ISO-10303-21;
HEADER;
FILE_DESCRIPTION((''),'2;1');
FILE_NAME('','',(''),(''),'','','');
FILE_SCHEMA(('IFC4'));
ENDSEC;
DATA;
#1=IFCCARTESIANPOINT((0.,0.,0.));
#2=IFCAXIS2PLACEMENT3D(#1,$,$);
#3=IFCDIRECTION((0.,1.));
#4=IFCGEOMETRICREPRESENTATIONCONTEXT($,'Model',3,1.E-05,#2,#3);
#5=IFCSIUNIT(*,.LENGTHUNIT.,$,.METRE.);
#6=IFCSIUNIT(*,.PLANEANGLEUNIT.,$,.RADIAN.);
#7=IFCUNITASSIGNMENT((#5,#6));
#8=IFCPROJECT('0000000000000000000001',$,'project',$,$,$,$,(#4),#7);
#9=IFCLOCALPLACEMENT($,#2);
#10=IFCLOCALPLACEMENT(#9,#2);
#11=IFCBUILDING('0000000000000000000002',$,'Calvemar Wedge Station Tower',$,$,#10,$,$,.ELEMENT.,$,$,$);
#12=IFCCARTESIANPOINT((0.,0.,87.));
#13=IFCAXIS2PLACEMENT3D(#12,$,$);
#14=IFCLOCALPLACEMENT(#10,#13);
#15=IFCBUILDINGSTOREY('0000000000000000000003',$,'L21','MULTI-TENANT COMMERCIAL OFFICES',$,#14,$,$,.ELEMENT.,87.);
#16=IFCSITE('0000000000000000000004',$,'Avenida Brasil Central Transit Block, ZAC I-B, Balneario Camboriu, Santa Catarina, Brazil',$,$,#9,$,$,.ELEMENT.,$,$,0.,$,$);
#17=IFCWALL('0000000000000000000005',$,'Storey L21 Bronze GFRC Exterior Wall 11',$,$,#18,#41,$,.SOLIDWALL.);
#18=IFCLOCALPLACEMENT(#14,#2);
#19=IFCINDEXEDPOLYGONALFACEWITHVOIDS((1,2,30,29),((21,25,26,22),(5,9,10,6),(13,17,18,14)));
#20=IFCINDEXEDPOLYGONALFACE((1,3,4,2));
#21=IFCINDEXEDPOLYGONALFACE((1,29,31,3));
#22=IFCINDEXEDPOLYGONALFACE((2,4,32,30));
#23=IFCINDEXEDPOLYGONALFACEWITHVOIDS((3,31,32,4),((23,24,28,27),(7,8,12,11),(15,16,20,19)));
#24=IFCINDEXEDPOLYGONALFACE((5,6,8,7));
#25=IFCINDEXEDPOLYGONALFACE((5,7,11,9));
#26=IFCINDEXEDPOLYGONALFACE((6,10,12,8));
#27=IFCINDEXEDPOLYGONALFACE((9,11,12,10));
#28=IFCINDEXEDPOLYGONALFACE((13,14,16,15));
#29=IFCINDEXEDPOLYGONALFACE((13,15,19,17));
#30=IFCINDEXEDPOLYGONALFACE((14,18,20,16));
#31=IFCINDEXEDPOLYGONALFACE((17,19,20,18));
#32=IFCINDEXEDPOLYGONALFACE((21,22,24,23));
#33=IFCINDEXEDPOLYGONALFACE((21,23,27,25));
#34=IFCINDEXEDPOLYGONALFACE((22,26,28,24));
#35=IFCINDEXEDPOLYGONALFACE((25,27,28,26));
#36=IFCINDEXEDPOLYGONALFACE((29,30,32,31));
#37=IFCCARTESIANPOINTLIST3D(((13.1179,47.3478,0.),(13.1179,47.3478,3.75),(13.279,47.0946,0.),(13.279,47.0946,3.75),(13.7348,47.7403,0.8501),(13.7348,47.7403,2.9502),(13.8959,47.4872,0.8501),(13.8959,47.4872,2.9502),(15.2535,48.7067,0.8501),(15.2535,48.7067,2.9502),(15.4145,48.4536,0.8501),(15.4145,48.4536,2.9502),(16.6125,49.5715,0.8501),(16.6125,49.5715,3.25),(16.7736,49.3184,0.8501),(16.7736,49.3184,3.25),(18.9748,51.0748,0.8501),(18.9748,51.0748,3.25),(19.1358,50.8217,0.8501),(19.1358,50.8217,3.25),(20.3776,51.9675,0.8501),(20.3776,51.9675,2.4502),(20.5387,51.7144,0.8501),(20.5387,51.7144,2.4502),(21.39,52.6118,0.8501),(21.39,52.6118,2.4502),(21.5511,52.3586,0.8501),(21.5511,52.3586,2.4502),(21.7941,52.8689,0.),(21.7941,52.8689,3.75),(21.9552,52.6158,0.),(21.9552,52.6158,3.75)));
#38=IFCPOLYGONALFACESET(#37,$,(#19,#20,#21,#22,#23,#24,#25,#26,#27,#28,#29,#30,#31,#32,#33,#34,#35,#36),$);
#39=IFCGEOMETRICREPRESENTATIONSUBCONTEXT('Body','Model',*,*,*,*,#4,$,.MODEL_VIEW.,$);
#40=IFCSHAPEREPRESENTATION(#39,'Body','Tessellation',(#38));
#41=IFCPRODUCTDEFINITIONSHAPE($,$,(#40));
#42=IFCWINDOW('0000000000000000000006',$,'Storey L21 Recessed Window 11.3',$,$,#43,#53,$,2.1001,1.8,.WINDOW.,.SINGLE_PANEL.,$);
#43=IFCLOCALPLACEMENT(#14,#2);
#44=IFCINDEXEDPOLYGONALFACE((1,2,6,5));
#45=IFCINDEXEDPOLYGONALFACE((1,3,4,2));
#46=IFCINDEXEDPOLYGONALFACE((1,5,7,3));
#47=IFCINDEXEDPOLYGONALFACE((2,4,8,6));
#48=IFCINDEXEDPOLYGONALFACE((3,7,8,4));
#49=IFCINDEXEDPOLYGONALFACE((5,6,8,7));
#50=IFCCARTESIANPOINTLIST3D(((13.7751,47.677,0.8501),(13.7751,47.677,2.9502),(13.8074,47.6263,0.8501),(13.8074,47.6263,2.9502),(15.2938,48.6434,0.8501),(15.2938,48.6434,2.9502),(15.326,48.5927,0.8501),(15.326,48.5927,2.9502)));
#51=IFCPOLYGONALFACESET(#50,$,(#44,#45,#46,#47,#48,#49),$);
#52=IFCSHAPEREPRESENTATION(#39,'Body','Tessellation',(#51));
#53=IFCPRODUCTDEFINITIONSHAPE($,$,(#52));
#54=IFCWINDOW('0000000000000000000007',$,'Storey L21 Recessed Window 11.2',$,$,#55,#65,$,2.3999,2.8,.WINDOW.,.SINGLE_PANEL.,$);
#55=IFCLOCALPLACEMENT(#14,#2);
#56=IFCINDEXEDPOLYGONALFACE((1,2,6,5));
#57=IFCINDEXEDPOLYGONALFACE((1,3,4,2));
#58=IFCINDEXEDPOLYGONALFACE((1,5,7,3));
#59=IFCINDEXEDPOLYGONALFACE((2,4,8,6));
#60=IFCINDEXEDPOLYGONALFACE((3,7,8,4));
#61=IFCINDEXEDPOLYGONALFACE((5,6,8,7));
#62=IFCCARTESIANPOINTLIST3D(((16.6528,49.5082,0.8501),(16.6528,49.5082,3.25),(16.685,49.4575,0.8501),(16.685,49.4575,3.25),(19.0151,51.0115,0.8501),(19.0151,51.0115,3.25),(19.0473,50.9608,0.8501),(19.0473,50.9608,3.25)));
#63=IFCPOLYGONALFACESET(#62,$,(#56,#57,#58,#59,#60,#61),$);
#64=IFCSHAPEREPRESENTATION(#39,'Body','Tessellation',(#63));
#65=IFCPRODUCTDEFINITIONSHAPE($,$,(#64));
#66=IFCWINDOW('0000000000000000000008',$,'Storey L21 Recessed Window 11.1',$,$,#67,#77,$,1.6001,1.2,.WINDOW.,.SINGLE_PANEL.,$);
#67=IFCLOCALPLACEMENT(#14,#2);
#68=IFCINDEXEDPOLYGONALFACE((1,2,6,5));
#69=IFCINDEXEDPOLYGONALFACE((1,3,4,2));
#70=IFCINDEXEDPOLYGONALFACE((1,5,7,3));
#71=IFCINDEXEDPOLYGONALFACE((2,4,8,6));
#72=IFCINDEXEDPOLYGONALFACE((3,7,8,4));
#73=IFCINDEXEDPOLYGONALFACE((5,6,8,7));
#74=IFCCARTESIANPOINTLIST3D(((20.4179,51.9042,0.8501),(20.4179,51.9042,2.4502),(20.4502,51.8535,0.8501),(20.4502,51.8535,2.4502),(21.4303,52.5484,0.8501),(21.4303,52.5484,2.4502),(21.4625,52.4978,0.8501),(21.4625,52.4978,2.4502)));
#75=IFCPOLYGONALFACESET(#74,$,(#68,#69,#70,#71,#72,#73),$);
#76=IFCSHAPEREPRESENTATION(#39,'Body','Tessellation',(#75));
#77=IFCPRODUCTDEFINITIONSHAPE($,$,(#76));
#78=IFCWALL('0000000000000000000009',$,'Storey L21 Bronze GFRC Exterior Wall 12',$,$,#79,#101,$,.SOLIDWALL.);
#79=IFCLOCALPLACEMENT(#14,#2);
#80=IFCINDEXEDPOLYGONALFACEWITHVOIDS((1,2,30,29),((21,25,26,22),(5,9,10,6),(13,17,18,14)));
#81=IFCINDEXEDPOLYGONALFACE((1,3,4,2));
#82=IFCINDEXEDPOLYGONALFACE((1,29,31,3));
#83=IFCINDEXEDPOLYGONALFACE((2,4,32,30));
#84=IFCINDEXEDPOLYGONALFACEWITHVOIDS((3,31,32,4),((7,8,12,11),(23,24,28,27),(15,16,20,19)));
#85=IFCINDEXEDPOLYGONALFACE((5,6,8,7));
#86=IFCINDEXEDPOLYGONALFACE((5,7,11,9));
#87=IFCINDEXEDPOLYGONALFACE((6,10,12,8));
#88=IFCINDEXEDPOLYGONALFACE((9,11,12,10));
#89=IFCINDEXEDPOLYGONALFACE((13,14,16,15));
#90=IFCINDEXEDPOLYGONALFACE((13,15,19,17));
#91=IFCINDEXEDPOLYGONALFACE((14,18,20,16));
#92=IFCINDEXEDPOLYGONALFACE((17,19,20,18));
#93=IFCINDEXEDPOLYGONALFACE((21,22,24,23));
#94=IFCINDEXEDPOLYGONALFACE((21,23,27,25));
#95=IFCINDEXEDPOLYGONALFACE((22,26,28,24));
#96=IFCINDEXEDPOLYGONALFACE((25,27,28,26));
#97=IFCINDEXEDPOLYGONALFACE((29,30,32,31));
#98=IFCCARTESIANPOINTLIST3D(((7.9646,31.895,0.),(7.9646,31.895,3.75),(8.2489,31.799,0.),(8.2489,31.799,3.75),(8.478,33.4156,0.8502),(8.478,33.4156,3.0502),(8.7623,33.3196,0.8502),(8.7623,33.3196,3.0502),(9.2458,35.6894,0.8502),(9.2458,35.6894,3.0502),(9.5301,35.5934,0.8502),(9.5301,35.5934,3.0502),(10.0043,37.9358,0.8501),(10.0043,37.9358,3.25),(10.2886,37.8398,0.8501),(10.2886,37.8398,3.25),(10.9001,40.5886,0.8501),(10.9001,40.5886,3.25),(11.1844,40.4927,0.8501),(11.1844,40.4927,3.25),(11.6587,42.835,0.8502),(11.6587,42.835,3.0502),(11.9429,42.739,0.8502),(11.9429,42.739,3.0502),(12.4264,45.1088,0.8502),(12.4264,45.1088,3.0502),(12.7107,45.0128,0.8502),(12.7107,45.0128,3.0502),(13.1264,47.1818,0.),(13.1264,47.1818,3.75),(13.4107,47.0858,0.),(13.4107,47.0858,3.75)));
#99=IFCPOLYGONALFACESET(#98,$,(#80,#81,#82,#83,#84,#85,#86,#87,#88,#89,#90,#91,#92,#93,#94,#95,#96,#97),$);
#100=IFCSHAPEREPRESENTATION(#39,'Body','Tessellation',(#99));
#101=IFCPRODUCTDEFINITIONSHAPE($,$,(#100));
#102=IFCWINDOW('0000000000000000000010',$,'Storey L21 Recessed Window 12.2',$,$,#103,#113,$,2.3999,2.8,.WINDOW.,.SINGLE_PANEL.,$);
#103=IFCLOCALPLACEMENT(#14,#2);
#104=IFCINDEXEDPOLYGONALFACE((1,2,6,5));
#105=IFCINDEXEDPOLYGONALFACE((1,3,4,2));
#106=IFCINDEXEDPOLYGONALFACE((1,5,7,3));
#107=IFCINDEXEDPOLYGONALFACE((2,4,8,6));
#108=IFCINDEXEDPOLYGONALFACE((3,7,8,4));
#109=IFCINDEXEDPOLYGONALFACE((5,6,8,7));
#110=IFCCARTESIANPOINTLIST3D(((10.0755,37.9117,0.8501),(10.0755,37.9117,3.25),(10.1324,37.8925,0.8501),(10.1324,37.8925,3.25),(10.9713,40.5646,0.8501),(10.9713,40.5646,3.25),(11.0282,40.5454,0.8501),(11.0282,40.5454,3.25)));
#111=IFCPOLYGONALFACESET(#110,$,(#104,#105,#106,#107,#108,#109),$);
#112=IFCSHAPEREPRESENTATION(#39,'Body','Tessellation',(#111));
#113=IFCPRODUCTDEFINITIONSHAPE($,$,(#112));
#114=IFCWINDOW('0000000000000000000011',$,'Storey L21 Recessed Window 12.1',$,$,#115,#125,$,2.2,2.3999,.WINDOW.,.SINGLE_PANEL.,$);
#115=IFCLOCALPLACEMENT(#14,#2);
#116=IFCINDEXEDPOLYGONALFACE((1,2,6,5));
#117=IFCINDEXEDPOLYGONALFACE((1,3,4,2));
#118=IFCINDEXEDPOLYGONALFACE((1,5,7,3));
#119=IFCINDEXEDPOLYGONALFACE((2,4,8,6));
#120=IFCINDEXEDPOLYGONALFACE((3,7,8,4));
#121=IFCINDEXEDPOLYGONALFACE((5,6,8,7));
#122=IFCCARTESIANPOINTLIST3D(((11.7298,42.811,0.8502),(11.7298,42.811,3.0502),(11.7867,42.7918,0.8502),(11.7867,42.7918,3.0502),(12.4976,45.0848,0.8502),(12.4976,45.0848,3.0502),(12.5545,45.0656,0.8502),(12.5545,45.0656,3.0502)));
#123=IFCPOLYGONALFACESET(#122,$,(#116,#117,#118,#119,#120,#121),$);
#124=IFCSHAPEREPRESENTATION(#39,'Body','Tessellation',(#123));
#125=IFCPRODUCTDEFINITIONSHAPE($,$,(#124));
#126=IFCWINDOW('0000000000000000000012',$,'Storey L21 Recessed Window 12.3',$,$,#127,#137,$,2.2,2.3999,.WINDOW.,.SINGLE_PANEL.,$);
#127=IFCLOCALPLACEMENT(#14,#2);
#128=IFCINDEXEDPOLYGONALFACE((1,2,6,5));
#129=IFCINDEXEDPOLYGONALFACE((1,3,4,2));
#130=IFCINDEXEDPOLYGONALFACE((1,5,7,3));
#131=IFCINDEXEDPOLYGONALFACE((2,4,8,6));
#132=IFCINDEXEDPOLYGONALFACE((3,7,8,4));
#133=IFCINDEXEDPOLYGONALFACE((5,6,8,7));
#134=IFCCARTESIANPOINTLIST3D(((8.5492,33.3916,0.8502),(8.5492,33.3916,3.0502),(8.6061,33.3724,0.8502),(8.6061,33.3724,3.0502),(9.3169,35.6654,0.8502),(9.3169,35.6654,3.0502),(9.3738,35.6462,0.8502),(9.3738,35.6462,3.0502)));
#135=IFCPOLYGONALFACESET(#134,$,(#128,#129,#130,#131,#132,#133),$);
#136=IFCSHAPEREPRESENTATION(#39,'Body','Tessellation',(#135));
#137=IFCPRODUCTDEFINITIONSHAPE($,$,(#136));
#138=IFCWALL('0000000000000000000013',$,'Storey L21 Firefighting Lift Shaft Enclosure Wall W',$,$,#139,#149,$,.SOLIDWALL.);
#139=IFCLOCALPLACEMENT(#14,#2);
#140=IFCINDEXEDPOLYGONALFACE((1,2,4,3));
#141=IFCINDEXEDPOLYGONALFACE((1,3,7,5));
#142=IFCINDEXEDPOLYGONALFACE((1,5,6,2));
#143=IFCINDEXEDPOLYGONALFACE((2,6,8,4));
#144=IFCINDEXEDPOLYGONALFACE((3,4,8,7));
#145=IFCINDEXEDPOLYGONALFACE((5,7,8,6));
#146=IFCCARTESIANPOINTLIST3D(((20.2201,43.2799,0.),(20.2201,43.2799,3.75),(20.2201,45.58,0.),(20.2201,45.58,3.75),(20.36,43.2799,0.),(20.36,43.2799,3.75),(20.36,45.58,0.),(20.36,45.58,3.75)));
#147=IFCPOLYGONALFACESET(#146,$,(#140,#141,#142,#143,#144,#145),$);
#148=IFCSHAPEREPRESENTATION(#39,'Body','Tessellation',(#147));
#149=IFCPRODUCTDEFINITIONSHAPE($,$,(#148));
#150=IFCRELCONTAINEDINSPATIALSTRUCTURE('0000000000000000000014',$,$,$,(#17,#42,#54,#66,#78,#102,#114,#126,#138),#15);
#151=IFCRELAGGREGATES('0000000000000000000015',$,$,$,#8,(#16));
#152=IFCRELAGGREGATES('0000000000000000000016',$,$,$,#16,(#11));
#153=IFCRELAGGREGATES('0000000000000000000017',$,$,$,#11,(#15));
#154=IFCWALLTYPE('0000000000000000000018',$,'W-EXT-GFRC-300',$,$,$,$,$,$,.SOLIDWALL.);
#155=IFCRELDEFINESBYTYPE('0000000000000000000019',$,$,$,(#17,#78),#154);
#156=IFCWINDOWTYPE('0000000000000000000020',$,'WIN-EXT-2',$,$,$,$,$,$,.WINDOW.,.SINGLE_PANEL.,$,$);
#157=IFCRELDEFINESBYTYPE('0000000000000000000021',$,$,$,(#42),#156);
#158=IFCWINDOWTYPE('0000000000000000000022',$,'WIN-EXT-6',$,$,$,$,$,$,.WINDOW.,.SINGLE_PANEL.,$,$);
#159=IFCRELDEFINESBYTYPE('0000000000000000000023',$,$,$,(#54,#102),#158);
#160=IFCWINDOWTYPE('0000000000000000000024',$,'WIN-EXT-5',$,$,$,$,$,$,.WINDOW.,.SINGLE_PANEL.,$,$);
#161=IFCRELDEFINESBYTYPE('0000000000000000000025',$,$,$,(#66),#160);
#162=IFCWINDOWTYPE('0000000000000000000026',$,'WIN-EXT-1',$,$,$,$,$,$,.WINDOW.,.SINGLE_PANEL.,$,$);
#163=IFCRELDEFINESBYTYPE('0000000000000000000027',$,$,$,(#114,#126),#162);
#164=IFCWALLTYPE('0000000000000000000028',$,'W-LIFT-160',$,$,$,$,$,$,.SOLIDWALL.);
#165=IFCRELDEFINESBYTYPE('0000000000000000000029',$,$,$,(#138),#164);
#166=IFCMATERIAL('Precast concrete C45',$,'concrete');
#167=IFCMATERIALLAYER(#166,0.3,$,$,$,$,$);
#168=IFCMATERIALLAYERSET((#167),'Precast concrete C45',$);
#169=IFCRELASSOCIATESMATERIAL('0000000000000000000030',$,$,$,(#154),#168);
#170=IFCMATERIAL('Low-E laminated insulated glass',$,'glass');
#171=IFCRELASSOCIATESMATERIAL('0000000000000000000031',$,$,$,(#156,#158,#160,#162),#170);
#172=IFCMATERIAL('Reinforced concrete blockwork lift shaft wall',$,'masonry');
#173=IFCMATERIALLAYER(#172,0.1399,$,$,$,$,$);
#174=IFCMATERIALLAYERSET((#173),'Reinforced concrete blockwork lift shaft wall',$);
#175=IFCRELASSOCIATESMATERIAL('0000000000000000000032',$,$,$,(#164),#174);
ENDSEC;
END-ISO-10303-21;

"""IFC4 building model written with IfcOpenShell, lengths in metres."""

from ifc_helpers import new_model, si_unit, direction, frame, frame_2d, origin, place, context, subcontext, project, spatial, rectangle, extrude, source, transform, mapped, material, layer, layer_set, type_object, element, fill, save


model = new_model("IFC4")

# Units and contexts
model_context = context("Model", 3, precision=1e-05, world=origin(), true_north=direction((0.0, 1.0)))
body_context = subcontext(model_context, "Body", "Model", "MODEL_VIEW")
ifc_project = project(units=[si_unit("LENGTHUNIT", "METRE"), si_unit("PLANEANGLEUNIT", "RADIAN")], contexts=[model_context])

# Site, building, storey
site_placement = place(None, origin())
site = spatial("IfcSite", under=ifc_project, at=site_placement, Name="Avenida Brasil Central Transit Block, ZAC I-B, Balneario Camboriu, Santa Catarina, Brazil", CompositionType="ELEMENT", RefElevation=0.0)
building_placement = place(site_placement, origin())
building = spatial("IfcBuilding", under=site, at=building_placement, Name="Calvemar Wedge Station Tower", CompositionType="ELEMENT")
storey_placement = place(building_placement, frame((0.0, 0.0, 87.0)))
storey = spatial("IfcBuildingStorey", under=building, at=storey_placement, Name="L21", Description="MULTI-TENANT COMMERCIAL OFFICES", CompositionType="ELEMENT", Elevation=87.0)

# Walls, openings, windows
ifc_material_1 = material(Name="Precast concrete C45", Category="concrete")
ifc_layer_1 = layer(ifc_material_1, 0.3)
ifc_layer_set_1 = layer_set([ifc_layer_1], Name="Precast concrete C45")
wall_type_1 = type_object("IfcWallType", Name="W-EXT-GFRC-300", PredefinedType="SOLIDWALL", material=ifc_layer_set_1)
wall_1_placement = place(storey_placement, frame((21.8748, 52.7424, 0.0), z_axis=(0.0, 0.0, 1.0), x_axis=(-0.843662, -0.536874, 0.0)))
wall_1 = element("IfcWall", 1, at=wall_1_placement, inside=storey, type_object=wall_type_1, Name="Storey L21 Bronze GFRC Exterior Wall 11", PredefinedType="SOLIDWALL", context=body_context, shape_type="SweptSolid", body=[
    extrude(rectangle(XDim=10.2839, YDim=0.3, at=frame_2d((5.1421, 0.0))), origin(), (0.0, 0.0, 1.0), 3.75),
])
shared_shape_1 = source(origin(), body_context, "Body", "SweptSolid", [
    extrude(rectangle(XDim=1.2, YDim=1.6001, at=frame_2d((0.6001, 0.8))), frame((0.0, 0.1602, 0.0), z_axis=(0.0, -1.0, 0.0), x_axis=(1.0, 0.0, 0.0)), (0.0, 0.0, 1.0), 0.3201),
])
opening_1_placement = place(wall_1_placement, frame((0.479, 0.0, 0.8501)))
opening_1 = element("IfcOpeningElement", 2, at=opening_1_placement, cuts=wall_1, PredefinedType="OPENING", context=body_context, shape_type="MappedRepresentation", body=[
    mapped(shared_shape_1, transform((0.0, 0.0, 0.0), scale=1.0)),
])
shared_shape_2 = source(origin(), body_context, "Body", "SweptSolid", [
    extrude(rectangle(XDim=2.8, YDim=2.3999, at=frame_2d((1.3999, 1.2))), frame((0.0, 0.1602, 0.0), z_axis=(0.0, -1.0, 0.0), x_axis=(1.0, 0.0, 0.0)), (0.0, 0.0, 1.0), 0.3201),
])
opening_2_placement = place(wall_1_placement, frame((3.342, 0.0, 0.8501)))
opening_2 = element("IfcOpeningElement", 3, at=opening_2_placement, cuts=wall_1, PredefinedType="OPENING", context=body_context, shape_type="MappedRepresentation", body=[
    mapped(shared_shape_2, transform((0.0, 0.0, 0.0), scale=1.0)),
])
shared_shape_3 = source(origin(), body_context, "Body", "SweptSolid", [
    extrude(rectangle(XDim=1.8, YDim=2.1001, at=frame_2d((0.8999, 1.05))), frame((0.0, 0.1602, 0.0), z_axis=(0.0, -1.0, 0.0), x_axis=(1.0, 0.0, 0.0)), (0.0, 0.0, 1.0), 0.3201),
])
opening_3_placement = place(wall_1_placement, frame((7.7529, 0.0, 0.8501)))
opening_3 = element("IfcOpeningElement", 4, at=opening_3_placement, cuts=wall_1, PredefinedType="OPENING", context=body_context, shape_type="MappedRepresentation", body=[
    mapped(shared_shape_3, transform((0.0, 0.0, 0.0), scale=1.0)),
])
ifc_material_2 = material(Name="Low-E laminated insulated glass", Category="glass")
window_type_1 = type_object("IfcWindowType", Name="WIN-EXT-2", PartitioningType="SINGLE_PANEL", PredefinedType="WINDOW", material=ifc_material_2)
shared_shape_4 = source(origin(), body_context, "Body", "SweptSolid", [
    extrude(rectangle(XDim=1.8, YDim=2.1001, at=frame_2d((0.8999, 1.05))), frame((0.0, -0.0149, 0.0), z_axis=(0.0, -1.0, 0.0), x_axis=(1.0, 0.0, 0.0)), (0.0, 0.0, 1.0), 0.0601),
])
window_1_placement = place(opening_3_placement, origin())
window_1 = element("IfcWindow", 5, at=window_1_placement, inside=storey, type_object=window_type_1, Name="Storey L21 Recessed Window 11.3", OverallHeight=2.1001, OverallWidth=1.8, PartitioningType="SINGLE_PANEL", PredefinedType="WINDOW", context=body_context, shape_type="MappedRepresentation", body=[
    mapped(shared_shape_4, transform((0.0, 0.0, 0.0), scale=1.0)),
])
fill(opening_3, window_1)
window_type_2 = type_object("IfcWindowType", Name="WIN-EXT-6", PartitioningType="SINGLE_PANEL", PredefinedType="WINDOW", material=ifc_material_2)
shared_shape_5 = source(origin(), body_context, "Body", "SweptSolid", [
    extrude(rectangle(XDim=2.8, YDim=2.3999, at=frame_2d((1.3999, 1.2))), frame((0.0, -0.0149, 0.0), z_axis=(0.0, -1.0, 0.0), x_axis=(1.0, 0.0, 0.0)), (0.0, 0.0, 1.0), 0.0601),
])
window_2_placement = place(opening_2_placement, origin())
window_2 = element("IfcWindow", 6, at=window_2_placement, inside=storey, type_object=window_type_2, Name="Storey L21 Recessed Window 11.2", OverallHeight=2.3999, OverallWidth=2.8, PartitioningType="SINGLE_PANEL", PredefinedType="WINDOW", context=body_context, shape_type="MappedRepresentation", body=[
    mapped(shared_shape_5, transform((0.0, 0.0, 0.0), scale=1.0)),
])
fill(opening_2, window_2)
window_type_3 = type_object("IfcWindowType", Name="WIN-EXT-5", PartitioningType="SINGLE_PANEL", PredefinedType="WINDOW", material=ifc_material_2)
shared_shape_6 = source(origin(), body_context, "Body", "SweptSolid", [
    extrude(rectangle(XDim=1.2, YDim=1.6001, at=frame_2d((0.6001, 0.8))), frame((0.0, -0.0149, 0.0), z_axis=(0.0, -1.0, 0.0), x_axis=(1.0, 0.0, 0.0)), (0.0, 0.0, 1.0), 0.0601),
])
window_3_placement = place(opening_1_placement, origin())
window_3 = element("IfcWindow", 7, at=window_3_placement, inside=storey, type_object=window_type_3, Name="Storey L21 Recessed Window 11.1", OverallHeight=1.6001, OverallWidth=1.2, PartitioningType="SINGLE_PANEL", PredefinedType="WINDOW", context=body_context, shape_type="MappedRepresentation", body=[
    mapped(shared_shape_6, transform((0.0, 0.0, 0.0), scale=1.0)),
])
fill(opening_1, window_3)
wall_2_placement = place(storey_placement, frame((13.2686, 47.1338, 0.0), z_axis=(0.0, 0.0, 1.0), x_axis=(-0.31992, -0.947444, 0.0)))
wall_2 = element("IfcWall", 8, at=wall_2_placement, inside=storey, type_object=wall_type_1, Name="Storey L21 Bronze GFRC Exterior Wall 12", PredefinedType="SOLIDWALL", context=body_context, shape_type="SweptSolid", body=[
    extrude(rectangle(XDim=16.1348, YDim=0.3, at=frame_2d((8.0674, 0.0))), origin(), (0.0, 0.0, 1.0), 3.75),
])
shared_shape_7 = source(origin(), body_context, "Body", "SweptSolid", [
    extrude(rectangle(XDim=2.3999, YDim=2.2, at=frame_2d((1.2, 1.1001))), frame((0.0, 0.1602, 0.0), z_axis=(0.0, -1.0, 0.0), x_axis=(1.0, 0.0, 0.0)), (0.0, 0.0, 1.0), 0.3201),
])
opening_4_placement = place(wall_2_placement, frame((2.188, 0.0, 0.8501)))
opening_4 = element("IfcOpeningElement", 9, at=opening_4_placement, cuts=wall_2, PredefinedType="OPENING", context=body_context, shape_type="MappedRepresentation", body=[
    mapped(shared_shape_7, transform((0.0, 0.0, 0.0), scale=1.0)),
])
opening_5_placement = place(wall_2_placement, frame((6.959, 0.0, 0.8501)))
opening_5 = element("IfcOpeningElement", 10, at=opening_5_placement, cuts=wall_2, PredefinedType="OPENING", context=body_context, shape_type="MappedRepresentation", body=[
    mapped(shared_shape_2, transform((0.0, 0.0, 0.0), scale=1.0)),
])
opening_6_placement = place(wall_2_placement, frame((12.1299, 0.0, 0.8501)))
opening_6 = element("IfcOpeningElement", 11, at=opening_6_placement, cuts=wall_2, PredefinedType="OPENING", context=body_context, shape_type="MappedRepresentation", body=[
    mapped(shared_shape_7, transform((0.0, 0.0, 0.0), scale=1.0)),
])
window_4_placement = place(opening_5_placement, origin())
window_4 = element("IfcWindow", 12, at=window_4_placement, inside=storey, type_object=window_type_2, Name="Storey L21 Recessed Window 12.2", OverallHeight=2.3999, OverallWidth=2.8, PartitioningType="SINGLE_PANEL", PredefinedType="WINDOW", context=body_context, shape_type="MappedRepresentation", body=[
    mapped(shared_shape_5, transform((0.0, 0.0, 0.0), scale=1.0)),
])
fill(opening_5, window_4)
window_type_4 = type_object("IfcWindowType", Name="WIN-EXT-1", PartitioningType="SINGLE_PANEL", PredefinedType="WINDOW", material=ifc_material_2)
shared_shape_8 = source(origin(), body_context, "Body", "SweptSolid", [
    extrude(rectangle(XDim=2.3999, YDim=2.2, at=frame_2d((1.2, 1.1001))), frame((0.0, -0.0149, 0.0), z_axis=(0.0, -1.0, 0.0), x_axis=(1.0, 0.0, 0.0)), (0.0, 0.0, 1.0), 0.0601),
])
window_5_placement = place(opening_4_placement, origin())
window_5 = element("IfcWindow", 13, at=window_5_placement, inside=storey, type_object=window_type_4, Name="Storey L21 Recessed Window 12.1", OverallHeight=2.2, OverallWidth=2.3999, PartitioningType="SINGLE_PANEL", PredefinedType="WINDOW", context=body_context, shape_type="MappedRepresentation", body=[
    mapped(shared_shape_8, transform((0.0, 0.0, 0.0), scale=1.0)),
])
fill(opening_4, window_5)
window_6_placement = place(opening_6_placement, origin())
window_6 = element("IfcWindow", 14, at=window_6_placement, inside=storey, type_object=window_type_4, Name="Storey L21 Recessed Window 12.3", OverallHeight=2.2, OverallWidth=2.3999, PartitioningType="SINGLE_PANEL", PredefinedType="WINDOW", context=body_context, shape_type="MappedRepresentation", body=[
    mapped(shared_shape_8, transform((0.0, 0.0, 0.0), scale=1.0)),
])
fill(opening_6, window_6)

# Shared definitions
ifc_material_3 = material(Name="Reinforced concrete blockwork lift shaft wall", Category="masonry")
ifc_layer_2 = layer(ifc_material_3, 0.1399)
ifc_layer_set_2 = layer_set([ifc_layer_2], Name="Reinforced concrete blockwork lift shaft wall")
wall_type_2 = type_object("IfcWallType", Name="W-LIFT-160", PredefinedType="SOLIDWALL", material=ifc_layer_set_2)

# Wall
wall_3_placement = place(storey_placement, frame((20.29, 43.28, 0.0), z_axis=(0.0, 0.0, 1.0), x_axis=(0.0, 1.0, 0.0)))
element("IfcWall", 15, at=wall_3_placement, inside=storey, type_object=wall_type_2, Name="Storey L21 Firefighting Lift Shaft Enclosure Wall W", PredefinedType="SOLIDWALL", context=body_context, shape_type="SweptSolid", body=[
    extrude(rectangle(XDim=2.3, YDim=0.1399, at=frame_2d((1.1499, 0.0))), origin(), (0.0, 0.0, 1.0), 3.75),
])

save(model, "model.ifc")
